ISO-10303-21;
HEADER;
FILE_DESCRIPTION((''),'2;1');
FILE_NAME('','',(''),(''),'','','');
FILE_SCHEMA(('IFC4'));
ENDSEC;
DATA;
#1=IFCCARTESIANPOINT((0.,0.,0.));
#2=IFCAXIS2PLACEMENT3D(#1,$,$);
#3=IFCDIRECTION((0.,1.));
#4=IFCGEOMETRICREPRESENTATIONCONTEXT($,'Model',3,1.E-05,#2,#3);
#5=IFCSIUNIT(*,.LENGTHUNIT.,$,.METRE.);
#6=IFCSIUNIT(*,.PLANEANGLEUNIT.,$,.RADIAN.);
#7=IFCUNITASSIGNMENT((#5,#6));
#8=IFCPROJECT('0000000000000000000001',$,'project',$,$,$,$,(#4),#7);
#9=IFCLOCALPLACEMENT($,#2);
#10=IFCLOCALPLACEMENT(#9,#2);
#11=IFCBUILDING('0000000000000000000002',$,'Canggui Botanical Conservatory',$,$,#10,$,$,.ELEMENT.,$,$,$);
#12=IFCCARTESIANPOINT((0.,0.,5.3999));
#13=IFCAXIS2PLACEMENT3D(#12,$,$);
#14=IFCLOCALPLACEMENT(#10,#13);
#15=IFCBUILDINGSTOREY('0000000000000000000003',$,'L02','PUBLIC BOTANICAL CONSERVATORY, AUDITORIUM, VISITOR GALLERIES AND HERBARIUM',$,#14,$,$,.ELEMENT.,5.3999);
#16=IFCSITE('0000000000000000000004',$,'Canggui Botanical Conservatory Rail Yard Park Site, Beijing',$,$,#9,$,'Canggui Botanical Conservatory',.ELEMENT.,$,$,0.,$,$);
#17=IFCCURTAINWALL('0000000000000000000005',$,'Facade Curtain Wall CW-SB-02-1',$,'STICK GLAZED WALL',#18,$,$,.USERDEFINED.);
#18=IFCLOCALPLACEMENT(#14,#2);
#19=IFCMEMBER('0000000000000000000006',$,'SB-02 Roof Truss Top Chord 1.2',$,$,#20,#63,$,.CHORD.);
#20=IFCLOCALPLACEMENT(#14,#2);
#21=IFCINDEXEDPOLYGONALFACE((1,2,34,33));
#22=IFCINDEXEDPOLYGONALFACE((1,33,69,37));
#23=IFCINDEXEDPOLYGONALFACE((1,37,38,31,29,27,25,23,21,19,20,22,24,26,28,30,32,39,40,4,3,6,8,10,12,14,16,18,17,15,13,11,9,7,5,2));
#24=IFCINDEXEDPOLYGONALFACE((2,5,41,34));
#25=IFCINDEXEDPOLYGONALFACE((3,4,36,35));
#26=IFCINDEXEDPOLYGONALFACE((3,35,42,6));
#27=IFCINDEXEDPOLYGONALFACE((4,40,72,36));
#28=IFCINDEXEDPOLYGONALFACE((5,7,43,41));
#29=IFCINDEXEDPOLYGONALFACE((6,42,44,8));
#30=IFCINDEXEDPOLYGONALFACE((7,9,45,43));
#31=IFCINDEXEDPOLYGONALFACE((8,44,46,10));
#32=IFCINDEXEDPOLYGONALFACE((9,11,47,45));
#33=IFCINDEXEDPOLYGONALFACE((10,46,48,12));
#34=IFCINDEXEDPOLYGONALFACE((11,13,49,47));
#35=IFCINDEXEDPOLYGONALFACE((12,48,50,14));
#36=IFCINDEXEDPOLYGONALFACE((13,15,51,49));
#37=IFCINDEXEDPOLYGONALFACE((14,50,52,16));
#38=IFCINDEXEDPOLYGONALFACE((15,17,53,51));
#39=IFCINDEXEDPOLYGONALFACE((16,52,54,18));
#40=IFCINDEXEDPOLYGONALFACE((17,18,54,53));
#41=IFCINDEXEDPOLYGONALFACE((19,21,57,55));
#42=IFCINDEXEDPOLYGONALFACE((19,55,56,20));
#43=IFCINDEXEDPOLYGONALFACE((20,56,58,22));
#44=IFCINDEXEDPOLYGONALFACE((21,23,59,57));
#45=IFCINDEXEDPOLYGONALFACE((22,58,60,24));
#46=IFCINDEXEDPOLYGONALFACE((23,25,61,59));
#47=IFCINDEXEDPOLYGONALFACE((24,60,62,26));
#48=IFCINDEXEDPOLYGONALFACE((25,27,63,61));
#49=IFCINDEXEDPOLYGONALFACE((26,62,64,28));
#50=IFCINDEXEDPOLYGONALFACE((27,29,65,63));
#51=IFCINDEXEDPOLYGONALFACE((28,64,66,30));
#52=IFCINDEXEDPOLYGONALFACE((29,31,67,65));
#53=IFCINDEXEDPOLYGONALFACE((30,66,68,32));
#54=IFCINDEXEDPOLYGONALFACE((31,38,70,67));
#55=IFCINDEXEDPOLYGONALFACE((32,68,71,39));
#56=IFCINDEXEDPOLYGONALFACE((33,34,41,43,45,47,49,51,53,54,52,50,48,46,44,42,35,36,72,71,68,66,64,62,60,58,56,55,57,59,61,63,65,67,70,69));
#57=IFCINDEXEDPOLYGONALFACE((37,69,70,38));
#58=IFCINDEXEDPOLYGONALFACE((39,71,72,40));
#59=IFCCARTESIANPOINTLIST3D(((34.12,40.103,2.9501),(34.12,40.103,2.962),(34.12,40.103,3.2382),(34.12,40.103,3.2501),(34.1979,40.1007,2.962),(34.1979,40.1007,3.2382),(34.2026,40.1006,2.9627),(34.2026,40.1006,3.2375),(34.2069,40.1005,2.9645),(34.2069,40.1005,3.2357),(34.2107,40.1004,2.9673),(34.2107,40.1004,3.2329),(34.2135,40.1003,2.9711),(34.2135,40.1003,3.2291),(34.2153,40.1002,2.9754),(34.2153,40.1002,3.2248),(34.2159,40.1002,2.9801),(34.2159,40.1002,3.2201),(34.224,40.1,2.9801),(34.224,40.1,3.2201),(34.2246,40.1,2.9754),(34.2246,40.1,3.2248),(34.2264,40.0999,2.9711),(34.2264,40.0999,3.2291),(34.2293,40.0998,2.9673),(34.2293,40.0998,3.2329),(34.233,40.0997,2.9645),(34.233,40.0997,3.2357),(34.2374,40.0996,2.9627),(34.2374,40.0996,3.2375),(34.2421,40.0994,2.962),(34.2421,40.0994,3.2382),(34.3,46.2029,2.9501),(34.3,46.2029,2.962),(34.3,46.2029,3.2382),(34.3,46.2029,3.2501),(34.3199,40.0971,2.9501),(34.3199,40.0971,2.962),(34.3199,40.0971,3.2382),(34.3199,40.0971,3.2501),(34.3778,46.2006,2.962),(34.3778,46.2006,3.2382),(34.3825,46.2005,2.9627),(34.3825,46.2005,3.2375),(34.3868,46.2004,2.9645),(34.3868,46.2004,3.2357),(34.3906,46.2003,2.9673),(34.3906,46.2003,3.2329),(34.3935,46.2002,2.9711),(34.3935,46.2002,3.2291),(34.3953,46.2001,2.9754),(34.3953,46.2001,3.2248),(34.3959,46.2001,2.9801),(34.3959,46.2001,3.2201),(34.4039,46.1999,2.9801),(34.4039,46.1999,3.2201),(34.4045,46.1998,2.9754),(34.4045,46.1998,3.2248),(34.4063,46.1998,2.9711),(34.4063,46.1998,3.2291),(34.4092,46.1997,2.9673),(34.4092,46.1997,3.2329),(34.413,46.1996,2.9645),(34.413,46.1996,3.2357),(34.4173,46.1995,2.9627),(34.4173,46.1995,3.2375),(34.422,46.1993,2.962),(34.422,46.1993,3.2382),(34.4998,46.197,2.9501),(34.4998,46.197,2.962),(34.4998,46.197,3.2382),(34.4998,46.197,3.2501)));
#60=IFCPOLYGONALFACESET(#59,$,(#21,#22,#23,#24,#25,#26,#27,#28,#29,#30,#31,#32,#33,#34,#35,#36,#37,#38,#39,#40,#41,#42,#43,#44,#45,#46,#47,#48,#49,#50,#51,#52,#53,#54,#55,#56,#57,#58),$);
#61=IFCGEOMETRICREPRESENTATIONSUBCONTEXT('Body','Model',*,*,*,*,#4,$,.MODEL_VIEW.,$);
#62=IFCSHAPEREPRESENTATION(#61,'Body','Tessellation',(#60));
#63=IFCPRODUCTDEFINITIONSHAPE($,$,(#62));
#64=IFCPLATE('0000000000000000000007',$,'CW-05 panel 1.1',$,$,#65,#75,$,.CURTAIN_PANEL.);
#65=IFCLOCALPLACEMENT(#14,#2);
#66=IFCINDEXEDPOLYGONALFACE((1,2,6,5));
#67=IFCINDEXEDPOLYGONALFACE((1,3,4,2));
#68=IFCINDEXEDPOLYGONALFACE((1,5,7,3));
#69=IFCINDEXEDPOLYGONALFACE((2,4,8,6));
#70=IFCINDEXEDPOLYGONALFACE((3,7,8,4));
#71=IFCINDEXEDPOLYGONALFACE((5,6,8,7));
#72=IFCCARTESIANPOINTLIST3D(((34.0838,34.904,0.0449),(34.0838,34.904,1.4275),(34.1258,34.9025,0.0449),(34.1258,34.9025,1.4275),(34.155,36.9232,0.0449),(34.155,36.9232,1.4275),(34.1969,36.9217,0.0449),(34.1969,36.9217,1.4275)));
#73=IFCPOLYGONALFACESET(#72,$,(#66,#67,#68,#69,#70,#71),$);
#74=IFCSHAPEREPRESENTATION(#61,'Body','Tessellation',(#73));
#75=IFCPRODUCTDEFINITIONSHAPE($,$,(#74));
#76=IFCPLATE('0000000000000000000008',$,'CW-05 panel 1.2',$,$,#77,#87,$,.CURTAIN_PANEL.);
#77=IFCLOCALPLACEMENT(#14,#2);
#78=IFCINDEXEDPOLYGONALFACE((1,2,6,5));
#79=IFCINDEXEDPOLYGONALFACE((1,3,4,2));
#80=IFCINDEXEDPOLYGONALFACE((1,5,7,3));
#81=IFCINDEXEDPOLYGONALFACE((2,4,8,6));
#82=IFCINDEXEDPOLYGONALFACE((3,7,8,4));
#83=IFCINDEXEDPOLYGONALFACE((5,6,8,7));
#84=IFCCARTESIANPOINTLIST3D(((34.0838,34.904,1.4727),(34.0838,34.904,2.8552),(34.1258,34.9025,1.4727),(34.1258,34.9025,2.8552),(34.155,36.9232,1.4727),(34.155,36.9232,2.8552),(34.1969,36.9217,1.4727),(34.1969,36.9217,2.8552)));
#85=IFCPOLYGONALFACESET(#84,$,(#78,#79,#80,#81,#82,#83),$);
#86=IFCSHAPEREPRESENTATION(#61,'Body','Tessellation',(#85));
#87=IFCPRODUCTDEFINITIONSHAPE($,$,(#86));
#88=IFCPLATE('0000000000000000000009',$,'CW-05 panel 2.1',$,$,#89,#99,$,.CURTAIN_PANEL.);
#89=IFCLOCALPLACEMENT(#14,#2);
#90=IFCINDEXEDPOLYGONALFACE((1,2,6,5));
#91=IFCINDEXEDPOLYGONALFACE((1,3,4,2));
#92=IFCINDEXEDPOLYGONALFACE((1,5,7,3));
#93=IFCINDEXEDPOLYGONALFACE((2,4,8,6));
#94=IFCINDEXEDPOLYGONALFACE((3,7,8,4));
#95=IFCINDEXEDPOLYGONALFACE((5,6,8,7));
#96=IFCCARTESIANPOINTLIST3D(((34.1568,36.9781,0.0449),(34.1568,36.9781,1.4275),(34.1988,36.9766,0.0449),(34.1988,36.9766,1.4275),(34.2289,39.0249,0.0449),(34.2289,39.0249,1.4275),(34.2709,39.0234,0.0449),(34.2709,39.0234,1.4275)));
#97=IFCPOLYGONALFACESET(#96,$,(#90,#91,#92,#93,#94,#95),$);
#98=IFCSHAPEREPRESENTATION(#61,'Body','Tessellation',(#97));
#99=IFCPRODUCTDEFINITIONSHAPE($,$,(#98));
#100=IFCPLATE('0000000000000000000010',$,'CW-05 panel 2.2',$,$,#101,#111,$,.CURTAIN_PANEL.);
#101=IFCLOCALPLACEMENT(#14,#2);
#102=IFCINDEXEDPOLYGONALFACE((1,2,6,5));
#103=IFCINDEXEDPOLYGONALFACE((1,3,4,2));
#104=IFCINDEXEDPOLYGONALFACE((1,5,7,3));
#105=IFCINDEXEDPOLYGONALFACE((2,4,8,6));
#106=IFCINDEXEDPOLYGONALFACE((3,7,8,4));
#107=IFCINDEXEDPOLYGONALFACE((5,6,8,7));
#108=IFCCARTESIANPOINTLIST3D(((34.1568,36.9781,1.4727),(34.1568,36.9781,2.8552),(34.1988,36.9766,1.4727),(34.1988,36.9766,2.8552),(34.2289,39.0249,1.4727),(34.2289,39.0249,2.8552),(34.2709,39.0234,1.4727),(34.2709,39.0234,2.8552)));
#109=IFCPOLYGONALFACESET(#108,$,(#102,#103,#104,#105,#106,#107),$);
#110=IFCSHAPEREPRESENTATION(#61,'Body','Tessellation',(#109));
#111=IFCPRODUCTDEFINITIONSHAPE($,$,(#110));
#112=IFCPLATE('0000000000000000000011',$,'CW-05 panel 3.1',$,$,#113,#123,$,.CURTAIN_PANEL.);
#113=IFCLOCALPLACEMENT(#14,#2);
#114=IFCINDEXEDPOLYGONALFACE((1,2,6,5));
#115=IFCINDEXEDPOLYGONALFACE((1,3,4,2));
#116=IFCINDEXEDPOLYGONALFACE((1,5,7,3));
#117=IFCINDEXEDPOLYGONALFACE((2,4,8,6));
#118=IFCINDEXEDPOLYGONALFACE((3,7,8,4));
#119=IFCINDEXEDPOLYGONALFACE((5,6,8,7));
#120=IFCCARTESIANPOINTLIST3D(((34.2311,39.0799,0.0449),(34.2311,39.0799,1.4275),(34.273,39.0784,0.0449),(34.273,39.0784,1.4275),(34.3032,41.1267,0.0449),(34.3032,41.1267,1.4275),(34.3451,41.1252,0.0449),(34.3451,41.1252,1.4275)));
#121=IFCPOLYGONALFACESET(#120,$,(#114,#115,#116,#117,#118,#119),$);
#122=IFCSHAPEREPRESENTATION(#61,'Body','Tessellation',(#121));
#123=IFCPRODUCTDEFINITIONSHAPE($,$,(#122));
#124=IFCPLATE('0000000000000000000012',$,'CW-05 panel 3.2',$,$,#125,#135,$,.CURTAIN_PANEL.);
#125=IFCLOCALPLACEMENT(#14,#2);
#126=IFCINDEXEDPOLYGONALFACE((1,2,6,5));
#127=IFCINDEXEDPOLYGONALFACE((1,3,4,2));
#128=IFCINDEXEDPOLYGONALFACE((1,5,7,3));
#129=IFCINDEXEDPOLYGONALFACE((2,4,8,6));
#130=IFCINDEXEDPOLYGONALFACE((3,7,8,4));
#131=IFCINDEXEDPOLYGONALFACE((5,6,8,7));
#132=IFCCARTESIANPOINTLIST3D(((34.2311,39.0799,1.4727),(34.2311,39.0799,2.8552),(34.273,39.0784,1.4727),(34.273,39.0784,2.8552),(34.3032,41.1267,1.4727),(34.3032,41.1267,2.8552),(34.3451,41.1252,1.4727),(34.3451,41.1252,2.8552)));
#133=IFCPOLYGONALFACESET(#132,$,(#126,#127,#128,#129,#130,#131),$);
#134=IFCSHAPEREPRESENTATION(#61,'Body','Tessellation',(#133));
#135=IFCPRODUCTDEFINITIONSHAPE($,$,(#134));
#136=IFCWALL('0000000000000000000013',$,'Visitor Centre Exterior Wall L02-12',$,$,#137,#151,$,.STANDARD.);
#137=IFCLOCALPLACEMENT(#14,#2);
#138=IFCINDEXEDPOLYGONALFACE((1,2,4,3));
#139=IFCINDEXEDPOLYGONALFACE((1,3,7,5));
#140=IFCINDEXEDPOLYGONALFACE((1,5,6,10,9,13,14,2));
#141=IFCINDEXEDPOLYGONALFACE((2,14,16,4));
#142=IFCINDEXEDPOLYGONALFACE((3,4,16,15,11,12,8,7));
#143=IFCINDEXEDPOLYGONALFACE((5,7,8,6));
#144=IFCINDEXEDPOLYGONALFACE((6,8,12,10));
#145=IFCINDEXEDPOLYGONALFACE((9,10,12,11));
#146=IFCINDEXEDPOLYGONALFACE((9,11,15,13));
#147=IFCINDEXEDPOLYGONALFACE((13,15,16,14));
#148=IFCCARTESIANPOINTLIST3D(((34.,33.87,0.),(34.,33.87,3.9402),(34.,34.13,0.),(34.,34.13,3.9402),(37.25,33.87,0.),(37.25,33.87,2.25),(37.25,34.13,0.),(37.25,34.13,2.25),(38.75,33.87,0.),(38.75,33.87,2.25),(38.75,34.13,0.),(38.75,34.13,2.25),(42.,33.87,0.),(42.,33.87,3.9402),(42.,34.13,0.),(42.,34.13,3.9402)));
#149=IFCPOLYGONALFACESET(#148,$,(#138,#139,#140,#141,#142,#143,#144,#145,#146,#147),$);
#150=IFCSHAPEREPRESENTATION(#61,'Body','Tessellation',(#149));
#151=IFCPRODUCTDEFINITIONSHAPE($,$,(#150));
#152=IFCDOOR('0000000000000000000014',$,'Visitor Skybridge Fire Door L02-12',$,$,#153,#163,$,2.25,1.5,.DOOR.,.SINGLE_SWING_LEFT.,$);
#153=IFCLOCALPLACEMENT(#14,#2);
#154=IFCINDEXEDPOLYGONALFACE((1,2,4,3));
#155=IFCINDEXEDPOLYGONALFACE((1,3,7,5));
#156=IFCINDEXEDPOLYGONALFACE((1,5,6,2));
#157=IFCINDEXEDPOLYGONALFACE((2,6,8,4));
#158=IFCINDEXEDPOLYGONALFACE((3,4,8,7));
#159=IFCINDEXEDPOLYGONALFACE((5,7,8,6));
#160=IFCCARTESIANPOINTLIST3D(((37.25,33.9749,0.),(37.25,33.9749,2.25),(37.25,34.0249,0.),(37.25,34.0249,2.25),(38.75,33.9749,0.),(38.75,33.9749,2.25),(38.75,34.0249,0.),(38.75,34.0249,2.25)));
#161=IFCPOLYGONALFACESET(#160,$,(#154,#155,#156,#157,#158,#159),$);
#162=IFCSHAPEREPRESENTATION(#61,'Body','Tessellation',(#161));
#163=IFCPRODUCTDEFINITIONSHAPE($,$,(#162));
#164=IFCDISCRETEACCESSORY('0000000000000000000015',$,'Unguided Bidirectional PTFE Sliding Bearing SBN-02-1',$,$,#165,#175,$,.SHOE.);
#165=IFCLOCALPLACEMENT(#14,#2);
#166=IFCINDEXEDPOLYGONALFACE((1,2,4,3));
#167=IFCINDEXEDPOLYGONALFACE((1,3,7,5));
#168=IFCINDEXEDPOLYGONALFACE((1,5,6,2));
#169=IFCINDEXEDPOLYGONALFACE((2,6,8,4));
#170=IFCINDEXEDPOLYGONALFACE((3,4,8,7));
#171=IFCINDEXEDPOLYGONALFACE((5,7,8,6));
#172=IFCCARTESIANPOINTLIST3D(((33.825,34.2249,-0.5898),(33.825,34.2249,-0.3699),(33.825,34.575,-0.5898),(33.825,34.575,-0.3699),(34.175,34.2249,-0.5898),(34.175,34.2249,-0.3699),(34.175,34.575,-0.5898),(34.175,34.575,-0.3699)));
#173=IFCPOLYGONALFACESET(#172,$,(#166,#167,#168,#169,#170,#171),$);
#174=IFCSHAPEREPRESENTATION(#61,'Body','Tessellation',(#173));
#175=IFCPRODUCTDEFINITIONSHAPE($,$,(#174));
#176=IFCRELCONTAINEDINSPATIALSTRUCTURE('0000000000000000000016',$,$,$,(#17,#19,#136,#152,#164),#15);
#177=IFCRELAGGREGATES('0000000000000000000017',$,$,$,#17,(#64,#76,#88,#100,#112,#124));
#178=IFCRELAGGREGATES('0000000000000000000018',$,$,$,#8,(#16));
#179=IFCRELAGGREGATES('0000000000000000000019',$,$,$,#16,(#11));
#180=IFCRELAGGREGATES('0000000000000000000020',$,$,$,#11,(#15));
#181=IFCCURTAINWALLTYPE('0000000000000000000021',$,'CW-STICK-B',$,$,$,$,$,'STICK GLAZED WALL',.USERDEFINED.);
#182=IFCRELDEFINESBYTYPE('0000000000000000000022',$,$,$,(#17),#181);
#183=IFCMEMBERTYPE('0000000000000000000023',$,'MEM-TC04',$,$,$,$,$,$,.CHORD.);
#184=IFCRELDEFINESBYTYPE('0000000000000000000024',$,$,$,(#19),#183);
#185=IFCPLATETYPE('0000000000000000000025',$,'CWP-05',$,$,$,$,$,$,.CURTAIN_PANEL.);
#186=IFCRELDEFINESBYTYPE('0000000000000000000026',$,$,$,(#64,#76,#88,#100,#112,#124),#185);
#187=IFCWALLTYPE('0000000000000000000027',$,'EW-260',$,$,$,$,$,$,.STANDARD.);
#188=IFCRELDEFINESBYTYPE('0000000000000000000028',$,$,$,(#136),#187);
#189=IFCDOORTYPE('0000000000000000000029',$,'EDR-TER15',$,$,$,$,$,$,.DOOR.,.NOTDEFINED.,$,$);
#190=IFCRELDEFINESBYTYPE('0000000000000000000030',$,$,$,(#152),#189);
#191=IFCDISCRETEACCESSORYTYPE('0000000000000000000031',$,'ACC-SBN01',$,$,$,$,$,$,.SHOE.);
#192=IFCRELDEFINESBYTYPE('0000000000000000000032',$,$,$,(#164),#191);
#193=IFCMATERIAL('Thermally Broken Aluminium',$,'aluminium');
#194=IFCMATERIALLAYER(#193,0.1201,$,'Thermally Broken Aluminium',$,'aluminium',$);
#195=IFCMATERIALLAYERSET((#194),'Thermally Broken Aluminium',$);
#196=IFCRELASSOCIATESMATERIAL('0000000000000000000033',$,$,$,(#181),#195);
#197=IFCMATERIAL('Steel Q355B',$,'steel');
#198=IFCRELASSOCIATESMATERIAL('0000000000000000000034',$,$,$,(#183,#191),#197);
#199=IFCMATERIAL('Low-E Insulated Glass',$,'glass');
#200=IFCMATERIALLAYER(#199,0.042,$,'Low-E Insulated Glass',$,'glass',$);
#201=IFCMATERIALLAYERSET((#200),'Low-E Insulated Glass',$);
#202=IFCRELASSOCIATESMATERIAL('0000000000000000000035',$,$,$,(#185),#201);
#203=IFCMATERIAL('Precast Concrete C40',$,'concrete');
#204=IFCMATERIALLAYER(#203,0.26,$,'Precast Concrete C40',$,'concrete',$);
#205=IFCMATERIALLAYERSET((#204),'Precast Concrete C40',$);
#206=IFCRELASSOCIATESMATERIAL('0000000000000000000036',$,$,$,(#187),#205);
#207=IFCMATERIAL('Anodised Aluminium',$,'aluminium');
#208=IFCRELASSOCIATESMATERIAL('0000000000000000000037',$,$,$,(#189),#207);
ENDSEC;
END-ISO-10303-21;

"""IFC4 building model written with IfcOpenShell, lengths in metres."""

from ifc_helpers import new_model, si_unit, direction, frame, frame_2d, origin, origin_2d, place, context, subcontext, project, spatial, rectangle, i_section, extrude, material, layer, layer_set, material_profile, profile_set, type_object, element, fill, aggregate, save


model = new_model("IFC4")

# Units and contexts
model_context = context("Model", 3, precision=1e-05, world=origin(), true_north=direction((0.0, 1.0)))
body_context = subcontext(model_context, "Body", "Model", "MODEL_VIEW")
ifc_project = project(units=[si_unit("LENGTHUNIT", "METRE"), si_unit("PLANEANGLEUNIT", "RADIAN")], contexts=[model_context])

# Site, building, storey
site_placement = place(None, origin())
site = spatial("IfcSite", under=ifc_project, at=site_placement, Name="Canggui Botanical Conservatory Rail Yard Park Site, Beijing", LongName="Canggui Botanical Conservatory", CompositionType="ELEMENT", RefElevation=0.0)
building_placement = place(site_placement, origin())
building = spatial("IfcBuilding", under=site, at=building_placement, Name="Canggui Botanical Conservatory", CompositionType="ELEMENT")
storey_placement = place(building_placement, frame((0.0, 0.0, 5.3999)))
storey = spatial("IfcBuildingStorey", under=building, at=storey_placement, Name="L02", Description="PUBLIC BOTANICAL CONSERVATORY, AUDITORIUM, VISITOR GALLERIES AND HERBARIUM", CompositionType="ELEMENT", Elevation=5.3999)

# Shared definitions
ifc_material_1 = material(Name="Steel Q355B", Category="steel")

# Curtain wall
ifc_material_2 = material(Name="Thermally Broken Aluminium", Category="aluminium")
ifc_layer_1 = layer(ifc_material_2, 0.1201, Name="Thermally Broken Aluminium", Category="aluminium")
ifc_layer_set_1 = layer_set([ifc_layer_1], Name="Thermally Broken Aluminium")
curtain_wall_type = type_object("IfcCurtainWallType", Name="CW-STICK-B", ElementType="STICK GLAZED WALL", PredefinedType="USERDEFINED", material=ifc_layer_set_1)
curtain_wall_placement = place(storey_placement, origin())
curtain_wall = element("IfcCurtainWall", 1, at=curtain_wall_placement, inside=storey, type_object=curtain_wall_type, Name="Facade Curtain Wall CW-SB-02-1", ObjectType="STICK GLAZED WALL", PredefinedType="USERDEFINED")

# Member
ifc_material_profile_1 = material_profile(ifc_material_1, i_section(OverallWidth=0.2, OverallDepth=0.3, WebThickness=0.0081, FlangeThickness=0.012, FilletRadius=0.0181, at=origin_2d()), Name="HM 300x200x8x12")
ifc_profile_set_1 = profile_set([ifc_material_profile_1], Name="Steel Q355B")
member_type_1 = type_object("IfcMemberType", Name="MEM-TC04", PredefinedType="CHORD", material=ifc_profile_set_1)
member_1_placement = place(storey_placement, frame((34.22, 40.1001, 3.1001), z_axis=(0.029485, 0.999565, 0.0), x_axis=(-0.999565, 0.029485, 0.0)))
element("IfcMember", 2, at=member_1_placement, inside=storey, type_object=member_type_1, Name="SB-02 Roof Truss Top Chord 1.2", PredefinedType="CHORD", context=body_context, shape_type="SweptSolid", body=[
    extrude(i_section(OverallWidth=0.2, OverallDepth=0.3, WebThickness=0.0081, FlangeThickness=0.012, FilletRadius=0.0181, at=origin_2d()), origin(), (0.0, 0.0, 1.0), 6.1025),
])

# Plates
ifc_material_3 = material(Name="Low-E Insulated Glass", Category="glass")
ifc_layer_2 = layer(ifc_material_3, 0.042, Name="Low-E Insulated Glass", Category="glass")
ifc_layer_set_2 = layer_set([ifc_layer_2], Name="Low-E Insulated Glass")
plate_type = type_object("IfcPlateType", Name="CWP-05", PredefinedType="CURTAIN_PANEL", material=ifc_layer_set_2)
plate_1_placement = place(storey_placement, frame((34.1404, 35.9128, 0.0449), z_axis=(0.0, 0.0, 1.0), x_axis=(0.035206, 0.99938, 0.0)))
plate_1 = element("IfcPlate", 3, at=plate_1_placement, type_object=plate_type, Name="CW-05 panel 1.1", PredefinedType="CURTAIN_PANEL", context=body_context, shape_type="SweptSolid", body=[
    extrude(rectangle(XDim=2.0205, YDim=0.042, at=origin_2d()), origin(), (0.0, 0.0, 1.0), 1.3826),
])
plate_2_placement = place(storey_placement, frame((34.1404, 35.9128, 1.4727), z_axis=(0.0, 0.0, 1.0), x_axis=(0.035206, 0.99938, 0.0)))
plate_2 = element("IfcPlate", 4, at=plate_2_placement, type_object=plate_type, Name="CW-05 panel 1.2", PredefinedType="CURTAIN_PANEL", context=body_context, shape_type="SweptSolid", body=[
    extrude(rectangle(XDim=2.0205, YDim=0.042, at=origin_2d()), origin(), (0.0, 0.0, 1.0), 1.3826),
])
plate_3_placement = place(storey_placement, frame((34.2139, 38.0007, 0.0449), z_axis=(0.0, 0.0, 1.0), x_axis=(0.035206, 0.99938, 0.0)))
plate_3 = element("IfcPlate", 5, at=plate_3_placement, type_object=plate_type, Name="CW-05 panel 2.1", PredefinedType="CURTAIN_PANEL", context=body_context, shape_type="SweptSolid", body=[
    extrude(rectangle(XDim=2.0481, YDim=0.042, at=origin_2d()), origin(), (0.0, 0.0, 1.0), 1.3826),
])
plate_4_placement = place(storey_placement, frame((34.2139, 38.0007, 1.4727), z_axis=(0.0, 0.0, 1.0), x_axis=(0.035206, 0.99938, 0.0)))
plate_4 = element("IfcPlate", 6, at=plate_4_placement, type_object=plate_type, Name="CW-05 panel 2.2", PredefinedType="CURTAIN_PANEL", context=body_context, shape_type="SweptSolid", body=[
    extrude(rectangle(XDim=2.0481, YDim=0.042, at=origin_2d()), origin(), (0.0, 0.0, 1.0), 1.3826),
])
plate_5_placement = place(storey_placement, frame((34.2881, 40.1025, 0.0449), z_axis=(0.0, 0.0, 1.0), x_axis=(0.035206, 0.99938, 0.0)))
plate_5 = element("IfcPlate", 7, at=plate_5_placement, type_object=plate_type, Name="CW-05 panel 3.1", PredefinedType="CURTAIN_PANEL", context=body_context, shape_type="SweptSolid", body=[
    extrude(rectangle(XDim=2.0481, YDim=0.042, at=origin_2d()), origin(), (0.0, 0.0, 1.0), 1.3826),
])
plate_6_placement = place(storey_placement, frame((34.2881, 40.1025, 1.4727), z_axis=(0.0, 0.0, 1.0), x_axis=(0.035206, 0.99938, 0.0)))
plate_6 = element("IfcPlate", 8, at=plate_6_placement, type_object=plate_type, Name="CW-05 panel 3.2", PredefinedType="CURTAIN_PANEL", context=body_context, shape_type="SweptSolid", body=[
    extrude(rectangle(XDim=2.0481, YDim=0.042, at=origin_2d()), origin(), (0.0, 0.0, 1.0), 1.3826),
])
aggregate(curtain_wall, [plate_1, plate_2, plate_3, plate_4, plate_5, plate_6])

# Wall, opening, door
ifc_material_4 = material(Name="Precast Concrete C40", Category="concrete")
ifc_layer_3 = layer(ifc_material_4, 0.26, Name="Precast Concrete C40", Category="concrete")
ifc_layer_set_3 = layer_set([ifc_layer_3], Name="Precast Concrete C40")
wall_type = type_object("IfcWallType", Name="EW-260", PredefinedType="STANDARD", material=ifc_layer_set_3)
wall_placement = place(storey_placement, frame((34.0, 34.0, 0.0), z_axis=(0.0, 0.0, 1.0), x_axis=(1.0, 0.0, 0.0)))
wall = element("IfcWall", 9, at=wall_placement, inside=storey, type_object=wall_type, Name="Visitor Centre Exterior Wall L02-12", PredefinedType="STANDARD", context=body_context, shape_type="SweptSolid", body=[
    extrude(rectangle(XDim=8.0, YDim=0.26, at=frame_2d((4.0, 0.0))), origin(), (0.0, 0.0, 1.0), 3.9402),
])
opening_placement = place(wall_placement, frame((3.25, 0.0, 0.0)))
opening = element("IfcOpeningElement", 10, at=opening_placement, cuts=wall, PredefinedType="OPENING", context=body_context, shape_type="SweptSolid", body=[
    extrude(rectangle(XDim=1.5, YDim=2.25, at=frame_2d((0.75, 1.125))), frame((0.0, 0.1401, 0.0), z_axis=(0.0, -1.0, 0.0), x_axis=(1.0, 0.0, 0.0)), (0.0, 0.0, 1.0), 0.28),
])
ifc_material_5 = material(Name="Anodised Aluminium", Category="aluminium")
door_type = type_object("IfcDoorType", Name="EDR-TER15", OperationType="NOTDEFINED", PredefinedType="DOOR", material=ifc_material_5)
door_placement = place(opening_placement, origin())
door = element("IfcDoor", 11, at=door_placement, inside=storey, type_object=door_type, Name="Visitor Skybridge Fire Door L02-12", OperationType="SINGLE_SWING_LEFT", OverallHeight=2.25, OverallWidth=1.5, PredefinedType="DOOR", context=body_context, shape_type="SweptSolid", body=[
    extrude(rectangle(XDim=1.5, YDim=2.25, at=frame_2d((0.75, 1.125))), frame((0.0, 0.0249, 0.0), z_axis=(0.0, -1.0, 0.0), x_axis=(1.0, 0.0, 0.0)), (0.0, 0.0, 1.0), 0.05),
])
fill(opening, door)

# Discrete accessory
discrete_accessory_type = type_object("IfcDiscreteAccessoryType", Name="ACC-SBN01", PredefinedType="SHOE", material=ifc_material_1)
discrete_accessory_placement = place(storey_placement, frame((34.0, 34.3999, -0.5898), z_axis=(0.0, 0.0, 1.0), x_axis=(1.0, 0.0, 0.0)))
element("IfcDiscreteAccessory", 12, at=discrete_accessory_placement, inside=storey, type_object=discrete_accessory_type, Name="Unguided Bidirectional PTFE Sliding Bearing SBN-02-1", PredefinedType="SHOE", context=body_context, shape_type="SweptSolid", body=[
    extrude(rectangle(XDim=0.3501, YDim=0.3501, at=origin_2d()), origin(), (0.0, 0.0, 1.0), 0.22),
])

save(model, "model.ifc")
